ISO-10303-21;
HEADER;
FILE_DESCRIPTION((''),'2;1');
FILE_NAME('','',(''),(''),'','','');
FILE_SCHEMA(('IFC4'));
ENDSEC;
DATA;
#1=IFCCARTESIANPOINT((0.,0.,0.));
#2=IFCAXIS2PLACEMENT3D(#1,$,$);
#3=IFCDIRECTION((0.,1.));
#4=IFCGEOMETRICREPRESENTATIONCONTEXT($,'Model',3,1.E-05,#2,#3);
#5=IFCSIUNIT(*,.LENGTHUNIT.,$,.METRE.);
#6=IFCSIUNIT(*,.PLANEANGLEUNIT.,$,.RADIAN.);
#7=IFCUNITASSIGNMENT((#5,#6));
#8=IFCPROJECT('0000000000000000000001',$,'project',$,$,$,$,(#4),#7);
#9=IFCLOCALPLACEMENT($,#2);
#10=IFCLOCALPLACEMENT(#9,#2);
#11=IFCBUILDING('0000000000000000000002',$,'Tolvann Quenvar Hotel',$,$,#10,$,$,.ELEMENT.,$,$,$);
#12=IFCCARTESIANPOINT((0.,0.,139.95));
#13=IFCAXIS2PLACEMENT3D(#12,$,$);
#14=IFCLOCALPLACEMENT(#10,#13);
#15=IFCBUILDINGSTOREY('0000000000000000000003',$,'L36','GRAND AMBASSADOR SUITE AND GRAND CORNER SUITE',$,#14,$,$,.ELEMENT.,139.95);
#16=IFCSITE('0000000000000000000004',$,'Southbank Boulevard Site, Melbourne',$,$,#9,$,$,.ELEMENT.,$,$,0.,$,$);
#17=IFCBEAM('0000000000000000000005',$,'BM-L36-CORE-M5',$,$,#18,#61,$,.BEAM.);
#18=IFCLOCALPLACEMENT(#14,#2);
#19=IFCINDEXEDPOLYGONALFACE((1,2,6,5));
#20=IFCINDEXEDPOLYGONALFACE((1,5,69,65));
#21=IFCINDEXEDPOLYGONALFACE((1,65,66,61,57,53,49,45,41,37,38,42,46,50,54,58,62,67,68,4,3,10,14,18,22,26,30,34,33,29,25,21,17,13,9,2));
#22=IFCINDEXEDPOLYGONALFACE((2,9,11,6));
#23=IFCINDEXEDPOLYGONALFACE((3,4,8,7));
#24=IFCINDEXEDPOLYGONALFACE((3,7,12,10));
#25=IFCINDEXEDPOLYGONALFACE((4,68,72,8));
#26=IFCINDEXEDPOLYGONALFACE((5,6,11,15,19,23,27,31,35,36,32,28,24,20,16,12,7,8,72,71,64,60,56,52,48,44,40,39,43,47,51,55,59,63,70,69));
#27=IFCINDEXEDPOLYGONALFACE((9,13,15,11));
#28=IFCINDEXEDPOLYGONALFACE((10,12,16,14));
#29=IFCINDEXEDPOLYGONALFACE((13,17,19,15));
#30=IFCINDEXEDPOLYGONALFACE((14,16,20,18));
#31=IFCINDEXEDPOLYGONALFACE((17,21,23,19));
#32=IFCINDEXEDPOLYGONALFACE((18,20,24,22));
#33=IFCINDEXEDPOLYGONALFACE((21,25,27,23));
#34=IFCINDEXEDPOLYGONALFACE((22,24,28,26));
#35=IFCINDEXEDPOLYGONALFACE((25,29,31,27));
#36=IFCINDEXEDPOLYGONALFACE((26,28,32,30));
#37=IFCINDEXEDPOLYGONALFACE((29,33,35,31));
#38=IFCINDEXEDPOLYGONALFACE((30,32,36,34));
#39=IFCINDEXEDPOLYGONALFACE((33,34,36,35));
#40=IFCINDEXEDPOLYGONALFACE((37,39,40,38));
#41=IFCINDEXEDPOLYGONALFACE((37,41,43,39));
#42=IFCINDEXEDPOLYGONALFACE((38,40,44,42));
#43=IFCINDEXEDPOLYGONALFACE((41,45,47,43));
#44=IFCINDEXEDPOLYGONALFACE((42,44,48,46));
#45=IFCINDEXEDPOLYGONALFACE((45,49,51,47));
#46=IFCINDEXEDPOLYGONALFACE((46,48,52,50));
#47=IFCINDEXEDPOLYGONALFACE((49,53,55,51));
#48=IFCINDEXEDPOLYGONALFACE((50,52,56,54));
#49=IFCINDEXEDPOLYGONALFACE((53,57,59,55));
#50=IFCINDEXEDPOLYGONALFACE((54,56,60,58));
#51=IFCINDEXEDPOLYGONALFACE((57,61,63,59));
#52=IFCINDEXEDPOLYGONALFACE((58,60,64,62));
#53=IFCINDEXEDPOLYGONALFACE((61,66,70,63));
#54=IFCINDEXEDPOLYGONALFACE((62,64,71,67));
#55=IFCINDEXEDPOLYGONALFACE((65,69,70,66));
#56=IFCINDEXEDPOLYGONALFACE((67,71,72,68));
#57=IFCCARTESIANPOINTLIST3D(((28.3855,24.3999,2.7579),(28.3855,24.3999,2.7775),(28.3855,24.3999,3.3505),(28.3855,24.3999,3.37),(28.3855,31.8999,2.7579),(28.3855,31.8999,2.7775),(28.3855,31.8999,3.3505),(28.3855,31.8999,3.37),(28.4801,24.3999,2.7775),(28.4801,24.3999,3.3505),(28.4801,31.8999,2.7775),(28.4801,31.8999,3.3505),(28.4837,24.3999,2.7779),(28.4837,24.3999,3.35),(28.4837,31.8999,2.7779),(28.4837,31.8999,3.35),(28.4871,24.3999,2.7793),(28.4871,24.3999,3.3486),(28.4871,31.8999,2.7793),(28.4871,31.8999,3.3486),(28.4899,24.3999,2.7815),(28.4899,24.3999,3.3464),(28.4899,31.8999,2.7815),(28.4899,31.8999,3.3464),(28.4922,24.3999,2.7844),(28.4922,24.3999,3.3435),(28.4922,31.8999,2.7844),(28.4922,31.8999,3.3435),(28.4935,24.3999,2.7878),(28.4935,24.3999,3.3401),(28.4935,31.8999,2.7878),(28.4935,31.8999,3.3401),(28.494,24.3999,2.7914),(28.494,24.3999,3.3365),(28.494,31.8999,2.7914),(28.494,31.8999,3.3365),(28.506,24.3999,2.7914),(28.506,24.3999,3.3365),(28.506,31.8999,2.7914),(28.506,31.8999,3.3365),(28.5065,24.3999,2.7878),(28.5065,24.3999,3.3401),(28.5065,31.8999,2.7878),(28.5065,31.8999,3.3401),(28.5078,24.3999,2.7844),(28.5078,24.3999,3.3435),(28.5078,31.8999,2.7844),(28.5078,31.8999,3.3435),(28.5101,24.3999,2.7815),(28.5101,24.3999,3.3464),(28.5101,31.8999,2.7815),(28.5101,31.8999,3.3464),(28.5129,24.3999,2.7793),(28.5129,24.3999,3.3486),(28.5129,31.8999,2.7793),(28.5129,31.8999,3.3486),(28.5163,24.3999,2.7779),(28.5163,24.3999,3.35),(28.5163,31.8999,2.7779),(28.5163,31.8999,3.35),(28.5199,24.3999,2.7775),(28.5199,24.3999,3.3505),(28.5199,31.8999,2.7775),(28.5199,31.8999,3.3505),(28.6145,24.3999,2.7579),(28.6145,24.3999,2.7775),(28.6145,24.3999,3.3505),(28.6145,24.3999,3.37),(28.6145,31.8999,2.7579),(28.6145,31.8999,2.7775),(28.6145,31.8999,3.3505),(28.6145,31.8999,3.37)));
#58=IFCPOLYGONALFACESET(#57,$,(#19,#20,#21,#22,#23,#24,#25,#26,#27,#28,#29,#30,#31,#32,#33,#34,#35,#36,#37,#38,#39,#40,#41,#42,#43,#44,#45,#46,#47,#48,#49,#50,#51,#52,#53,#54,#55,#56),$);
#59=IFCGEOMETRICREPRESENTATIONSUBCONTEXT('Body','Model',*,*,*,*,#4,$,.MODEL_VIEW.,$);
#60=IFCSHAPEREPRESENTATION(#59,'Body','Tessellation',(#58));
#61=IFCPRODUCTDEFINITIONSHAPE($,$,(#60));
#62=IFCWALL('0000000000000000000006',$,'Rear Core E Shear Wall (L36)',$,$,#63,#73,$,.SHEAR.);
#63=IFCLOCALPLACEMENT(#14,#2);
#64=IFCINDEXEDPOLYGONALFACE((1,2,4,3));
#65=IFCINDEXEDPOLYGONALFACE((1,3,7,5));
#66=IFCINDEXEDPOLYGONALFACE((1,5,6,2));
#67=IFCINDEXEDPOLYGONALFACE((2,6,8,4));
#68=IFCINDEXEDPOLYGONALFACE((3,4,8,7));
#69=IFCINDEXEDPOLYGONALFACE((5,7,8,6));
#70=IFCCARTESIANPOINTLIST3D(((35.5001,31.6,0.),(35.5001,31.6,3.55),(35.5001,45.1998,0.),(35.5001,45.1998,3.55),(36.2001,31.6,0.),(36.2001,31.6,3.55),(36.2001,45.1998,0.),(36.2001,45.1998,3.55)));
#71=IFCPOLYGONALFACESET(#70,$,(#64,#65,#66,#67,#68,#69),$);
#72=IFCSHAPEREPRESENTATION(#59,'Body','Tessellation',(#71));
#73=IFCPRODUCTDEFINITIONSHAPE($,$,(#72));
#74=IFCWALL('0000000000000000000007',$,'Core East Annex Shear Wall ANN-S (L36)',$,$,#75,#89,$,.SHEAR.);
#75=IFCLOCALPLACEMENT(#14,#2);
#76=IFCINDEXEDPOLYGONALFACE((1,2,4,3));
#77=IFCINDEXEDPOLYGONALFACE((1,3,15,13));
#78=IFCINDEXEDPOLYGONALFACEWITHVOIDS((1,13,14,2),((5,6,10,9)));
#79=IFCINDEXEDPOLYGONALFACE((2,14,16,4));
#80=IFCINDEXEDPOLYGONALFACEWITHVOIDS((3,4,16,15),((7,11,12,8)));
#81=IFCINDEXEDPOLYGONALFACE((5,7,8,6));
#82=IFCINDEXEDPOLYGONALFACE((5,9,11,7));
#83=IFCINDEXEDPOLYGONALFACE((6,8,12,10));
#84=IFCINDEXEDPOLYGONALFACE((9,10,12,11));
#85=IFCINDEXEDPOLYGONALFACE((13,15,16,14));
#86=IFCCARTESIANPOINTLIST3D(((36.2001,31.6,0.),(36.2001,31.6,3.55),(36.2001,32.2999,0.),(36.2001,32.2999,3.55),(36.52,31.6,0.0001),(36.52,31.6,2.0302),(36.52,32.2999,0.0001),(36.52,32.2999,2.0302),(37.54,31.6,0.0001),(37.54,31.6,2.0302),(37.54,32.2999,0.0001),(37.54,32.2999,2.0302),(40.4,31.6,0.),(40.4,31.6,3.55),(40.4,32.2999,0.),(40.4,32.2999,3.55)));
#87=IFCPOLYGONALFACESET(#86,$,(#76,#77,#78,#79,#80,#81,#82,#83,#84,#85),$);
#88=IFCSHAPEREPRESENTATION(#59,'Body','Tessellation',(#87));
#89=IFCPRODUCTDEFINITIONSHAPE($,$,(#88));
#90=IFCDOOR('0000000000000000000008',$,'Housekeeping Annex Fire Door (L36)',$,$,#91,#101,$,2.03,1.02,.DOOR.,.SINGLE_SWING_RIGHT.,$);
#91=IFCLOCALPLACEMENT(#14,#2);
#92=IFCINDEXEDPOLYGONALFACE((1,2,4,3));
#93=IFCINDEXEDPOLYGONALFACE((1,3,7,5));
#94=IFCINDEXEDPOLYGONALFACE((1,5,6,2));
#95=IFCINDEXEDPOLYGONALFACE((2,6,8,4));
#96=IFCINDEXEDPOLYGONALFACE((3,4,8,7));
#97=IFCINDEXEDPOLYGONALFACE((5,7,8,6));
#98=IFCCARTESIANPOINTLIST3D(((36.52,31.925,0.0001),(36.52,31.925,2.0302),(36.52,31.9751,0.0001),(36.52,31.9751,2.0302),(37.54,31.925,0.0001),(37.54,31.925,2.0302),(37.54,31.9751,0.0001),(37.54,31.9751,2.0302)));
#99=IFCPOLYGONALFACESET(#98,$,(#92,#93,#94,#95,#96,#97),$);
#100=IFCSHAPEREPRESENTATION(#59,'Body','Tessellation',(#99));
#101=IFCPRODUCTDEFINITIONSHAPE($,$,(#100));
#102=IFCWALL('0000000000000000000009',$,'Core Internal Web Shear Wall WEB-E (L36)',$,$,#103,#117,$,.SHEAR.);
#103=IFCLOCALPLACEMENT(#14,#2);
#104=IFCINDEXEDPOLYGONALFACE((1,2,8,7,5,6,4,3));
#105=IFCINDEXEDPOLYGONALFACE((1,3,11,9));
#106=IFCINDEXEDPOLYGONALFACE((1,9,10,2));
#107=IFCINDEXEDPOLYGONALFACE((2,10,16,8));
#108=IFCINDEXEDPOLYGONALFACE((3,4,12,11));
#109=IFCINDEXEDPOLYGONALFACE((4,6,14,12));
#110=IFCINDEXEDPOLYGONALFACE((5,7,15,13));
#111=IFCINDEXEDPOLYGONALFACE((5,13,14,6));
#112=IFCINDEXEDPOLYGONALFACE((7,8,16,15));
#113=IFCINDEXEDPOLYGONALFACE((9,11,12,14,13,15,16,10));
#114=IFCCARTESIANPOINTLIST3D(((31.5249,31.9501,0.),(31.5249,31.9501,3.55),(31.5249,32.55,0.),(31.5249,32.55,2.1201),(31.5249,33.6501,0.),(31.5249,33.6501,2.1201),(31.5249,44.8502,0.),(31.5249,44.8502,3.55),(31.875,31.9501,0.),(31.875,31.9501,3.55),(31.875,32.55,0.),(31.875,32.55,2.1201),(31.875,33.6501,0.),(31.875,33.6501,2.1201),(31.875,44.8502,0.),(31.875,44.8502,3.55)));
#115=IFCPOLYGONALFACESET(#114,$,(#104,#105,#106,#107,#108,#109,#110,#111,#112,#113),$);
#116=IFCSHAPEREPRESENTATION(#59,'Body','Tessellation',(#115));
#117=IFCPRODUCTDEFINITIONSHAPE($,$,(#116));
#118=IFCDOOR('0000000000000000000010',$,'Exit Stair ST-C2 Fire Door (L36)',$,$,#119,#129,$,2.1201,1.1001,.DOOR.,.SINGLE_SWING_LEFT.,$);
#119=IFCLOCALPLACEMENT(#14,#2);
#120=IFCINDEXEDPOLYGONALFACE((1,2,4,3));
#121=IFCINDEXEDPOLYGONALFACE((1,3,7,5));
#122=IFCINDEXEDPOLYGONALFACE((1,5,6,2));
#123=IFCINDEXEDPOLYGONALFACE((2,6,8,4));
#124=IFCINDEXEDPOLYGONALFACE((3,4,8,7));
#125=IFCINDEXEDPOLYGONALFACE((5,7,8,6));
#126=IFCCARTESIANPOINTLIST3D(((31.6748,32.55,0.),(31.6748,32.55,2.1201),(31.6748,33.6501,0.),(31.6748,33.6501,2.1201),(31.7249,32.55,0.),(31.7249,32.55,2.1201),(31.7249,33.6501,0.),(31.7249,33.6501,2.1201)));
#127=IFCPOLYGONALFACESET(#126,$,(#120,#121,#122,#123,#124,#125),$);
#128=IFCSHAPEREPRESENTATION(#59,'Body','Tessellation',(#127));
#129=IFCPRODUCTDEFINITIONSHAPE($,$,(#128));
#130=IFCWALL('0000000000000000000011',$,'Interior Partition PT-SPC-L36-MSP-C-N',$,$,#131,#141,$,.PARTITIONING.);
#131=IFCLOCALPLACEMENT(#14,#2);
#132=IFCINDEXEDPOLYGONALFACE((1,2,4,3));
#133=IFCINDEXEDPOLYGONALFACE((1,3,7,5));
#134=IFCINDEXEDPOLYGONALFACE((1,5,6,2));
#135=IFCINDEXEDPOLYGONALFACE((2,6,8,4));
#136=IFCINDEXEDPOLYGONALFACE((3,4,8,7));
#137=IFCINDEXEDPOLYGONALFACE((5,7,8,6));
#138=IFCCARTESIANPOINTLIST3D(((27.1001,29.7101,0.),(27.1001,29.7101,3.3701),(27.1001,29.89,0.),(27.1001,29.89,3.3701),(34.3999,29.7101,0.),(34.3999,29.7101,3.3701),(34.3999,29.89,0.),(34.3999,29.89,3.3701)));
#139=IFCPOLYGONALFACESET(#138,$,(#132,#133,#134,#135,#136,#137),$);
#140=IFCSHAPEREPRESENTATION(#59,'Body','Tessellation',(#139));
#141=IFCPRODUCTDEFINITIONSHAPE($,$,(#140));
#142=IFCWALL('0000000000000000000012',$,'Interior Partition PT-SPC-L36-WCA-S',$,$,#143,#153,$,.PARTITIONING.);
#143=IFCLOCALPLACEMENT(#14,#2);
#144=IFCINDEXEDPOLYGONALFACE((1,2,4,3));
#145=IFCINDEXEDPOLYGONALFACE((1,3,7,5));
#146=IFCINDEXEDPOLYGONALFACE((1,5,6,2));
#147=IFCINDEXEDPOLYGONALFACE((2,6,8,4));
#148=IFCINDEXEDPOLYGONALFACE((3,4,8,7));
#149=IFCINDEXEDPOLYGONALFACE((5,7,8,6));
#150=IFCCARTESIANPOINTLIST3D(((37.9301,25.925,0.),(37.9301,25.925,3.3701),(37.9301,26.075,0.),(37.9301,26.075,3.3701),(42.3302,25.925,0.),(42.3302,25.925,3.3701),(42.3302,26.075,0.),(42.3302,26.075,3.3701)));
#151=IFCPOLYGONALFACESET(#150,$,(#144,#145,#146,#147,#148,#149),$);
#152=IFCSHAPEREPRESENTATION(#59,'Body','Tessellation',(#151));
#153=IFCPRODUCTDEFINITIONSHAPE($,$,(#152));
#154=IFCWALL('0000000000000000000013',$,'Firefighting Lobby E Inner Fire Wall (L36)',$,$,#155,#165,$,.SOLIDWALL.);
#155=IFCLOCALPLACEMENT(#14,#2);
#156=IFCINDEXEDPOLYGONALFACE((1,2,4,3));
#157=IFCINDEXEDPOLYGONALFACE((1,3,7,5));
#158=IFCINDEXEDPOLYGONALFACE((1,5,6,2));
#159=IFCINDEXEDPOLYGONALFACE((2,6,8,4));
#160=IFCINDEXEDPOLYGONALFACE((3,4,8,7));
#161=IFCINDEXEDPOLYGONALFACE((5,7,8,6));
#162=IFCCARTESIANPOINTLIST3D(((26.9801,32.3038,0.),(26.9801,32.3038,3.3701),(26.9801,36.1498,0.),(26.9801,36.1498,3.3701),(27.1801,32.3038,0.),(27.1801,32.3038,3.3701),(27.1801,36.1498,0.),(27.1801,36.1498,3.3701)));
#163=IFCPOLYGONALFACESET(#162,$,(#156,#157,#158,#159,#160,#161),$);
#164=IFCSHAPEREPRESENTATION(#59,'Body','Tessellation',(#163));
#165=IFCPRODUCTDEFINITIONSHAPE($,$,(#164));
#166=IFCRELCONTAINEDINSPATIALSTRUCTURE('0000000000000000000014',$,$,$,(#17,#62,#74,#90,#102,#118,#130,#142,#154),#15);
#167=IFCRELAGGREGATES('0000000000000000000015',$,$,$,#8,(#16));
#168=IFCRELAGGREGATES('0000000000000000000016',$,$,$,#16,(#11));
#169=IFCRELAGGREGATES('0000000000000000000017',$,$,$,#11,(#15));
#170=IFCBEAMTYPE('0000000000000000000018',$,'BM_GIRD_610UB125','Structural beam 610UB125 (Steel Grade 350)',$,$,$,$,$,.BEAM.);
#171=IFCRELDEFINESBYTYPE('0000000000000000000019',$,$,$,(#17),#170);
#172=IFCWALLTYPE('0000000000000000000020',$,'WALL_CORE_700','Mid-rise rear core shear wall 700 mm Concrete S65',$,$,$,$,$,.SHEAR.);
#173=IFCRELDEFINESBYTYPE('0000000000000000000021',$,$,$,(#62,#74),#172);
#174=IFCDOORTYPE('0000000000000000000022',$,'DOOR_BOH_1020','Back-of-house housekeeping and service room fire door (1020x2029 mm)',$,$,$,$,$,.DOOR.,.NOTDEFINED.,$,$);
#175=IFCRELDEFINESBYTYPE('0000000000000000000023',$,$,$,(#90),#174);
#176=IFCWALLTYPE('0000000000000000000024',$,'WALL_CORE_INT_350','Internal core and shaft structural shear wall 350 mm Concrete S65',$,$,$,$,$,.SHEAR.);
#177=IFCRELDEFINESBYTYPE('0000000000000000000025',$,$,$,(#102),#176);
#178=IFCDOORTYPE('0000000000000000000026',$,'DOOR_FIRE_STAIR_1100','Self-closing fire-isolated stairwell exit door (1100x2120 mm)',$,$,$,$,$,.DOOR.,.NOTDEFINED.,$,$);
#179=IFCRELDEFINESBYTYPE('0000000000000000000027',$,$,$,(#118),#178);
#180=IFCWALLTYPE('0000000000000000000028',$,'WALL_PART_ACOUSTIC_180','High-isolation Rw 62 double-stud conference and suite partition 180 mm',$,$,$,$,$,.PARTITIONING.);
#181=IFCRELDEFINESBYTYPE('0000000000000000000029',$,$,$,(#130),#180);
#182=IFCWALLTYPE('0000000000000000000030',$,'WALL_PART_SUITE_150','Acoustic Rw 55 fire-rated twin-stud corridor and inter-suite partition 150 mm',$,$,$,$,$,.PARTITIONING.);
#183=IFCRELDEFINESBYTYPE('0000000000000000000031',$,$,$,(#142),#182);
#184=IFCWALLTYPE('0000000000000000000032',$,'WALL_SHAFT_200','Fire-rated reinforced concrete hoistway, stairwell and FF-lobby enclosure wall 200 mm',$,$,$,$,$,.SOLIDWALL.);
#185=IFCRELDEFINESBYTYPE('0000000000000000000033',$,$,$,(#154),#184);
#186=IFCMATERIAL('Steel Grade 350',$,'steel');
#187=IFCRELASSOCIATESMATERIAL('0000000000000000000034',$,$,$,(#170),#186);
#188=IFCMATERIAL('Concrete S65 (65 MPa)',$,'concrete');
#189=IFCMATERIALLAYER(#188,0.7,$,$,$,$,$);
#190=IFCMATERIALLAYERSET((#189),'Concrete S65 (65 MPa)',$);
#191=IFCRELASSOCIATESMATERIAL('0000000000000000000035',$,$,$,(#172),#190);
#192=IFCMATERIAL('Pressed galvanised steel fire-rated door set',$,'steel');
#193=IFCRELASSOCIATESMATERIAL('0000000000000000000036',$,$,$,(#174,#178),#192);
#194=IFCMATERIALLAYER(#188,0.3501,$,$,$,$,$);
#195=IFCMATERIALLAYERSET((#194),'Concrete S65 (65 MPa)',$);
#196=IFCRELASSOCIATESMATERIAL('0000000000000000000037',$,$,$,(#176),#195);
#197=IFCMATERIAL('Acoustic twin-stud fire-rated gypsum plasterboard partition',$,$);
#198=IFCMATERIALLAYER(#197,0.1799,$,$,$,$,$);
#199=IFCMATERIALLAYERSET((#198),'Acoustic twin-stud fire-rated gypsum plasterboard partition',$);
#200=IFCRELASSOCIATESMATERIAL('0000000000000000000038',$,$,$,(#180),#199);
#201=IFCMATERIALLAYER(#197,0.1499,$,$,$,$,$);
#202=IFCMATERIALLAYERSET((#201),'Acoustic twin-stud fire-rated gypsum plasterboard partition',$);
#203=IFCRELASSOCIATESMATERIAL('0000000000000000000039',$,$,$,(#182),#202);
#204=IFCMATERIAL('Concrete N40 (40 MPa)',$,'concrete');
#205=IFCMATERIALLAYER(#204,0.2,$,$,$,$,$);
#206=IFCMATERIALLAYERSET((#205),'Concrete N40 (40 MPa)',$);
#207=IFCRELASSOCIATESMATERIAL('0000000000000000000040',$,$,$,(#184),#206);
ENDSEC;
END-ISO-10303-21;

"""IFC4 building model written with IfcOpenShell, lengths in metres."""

from ifc_helpers import new_model, si_unit, direction, frame, frame_2d, origin, origin_2d, place, context, subcontext, project, spatial, rectangle, i_section, extrude, source, transform, mapped, material, layer, layer_set, material_profile, profile_set, type_object, type_shapes, element, fill, save


model = new_model("IFC4")

# Units and contexts
model_context = context("Model", 3, precision=1e-05, world=origin(), true_north=direction((0.0, 1.0)))
body_context = subcontext(model_context, "Body", "Model", "MODEL_VIEW")
ifc_project = project(units=[si_unit("LENGTHUNIT", "METRE"), si_unit("PLANEANGLEUNIT", "RADIAN")], contexts=[model_context])

# Site, building, storey
site_placement = place(None, origin())
site = spatial("IfcSite", under=ifc_project, at=site_placement, Name="Southbank Boulevard Site, Melbourne", CompositionType="ELEMENT", RefElevation=0.0)
building_placement = place(site_placement, origin())
building = spatial("IfcBuilding", under=site, at=building_placement, Name="Tolvann Quenvar Hotel", CompositionType="ELEMENT")
storey_placement = place(building_placement, frame((0.0, 0.0, 139.95)))
storey = spatial("IfcBuildingStorey", under=building, at=storey_placement, Name="L36", Description="GRAND AMBASSADOR SUITE AND GRAND CORNER SUITE", CompositionType="ELEMENT", Elevation=139.95)

# Shared definitions
ifc_material_1 = material(Name="Concrete S65 (65 MPa)", Category="concrete")
ifc_material_2 = material(Name="Steel Grade 350", Category="steel")

# Beam
ifc_material_profile_1 = material_profile(ifc_material_2, i_section(OverallWidth=0.229, OverallDepth=0.6121, WebThickness=0.012, FlangeThickness=0.0195, FilletRadius=0.0139, at=origin_2d()), Name="610UB125")
ifc_profile_set_1 = profile_set([ifc_material_profile_1], Name="Steel Grade 350")
beam_type = type_object("IfcBeamType", Name="BM_GIRD_610UB125", Description="Structural beam 610UB125 (Steel Grade 350)", PredefinedType="BEAM", material=ifc_profile_set_1)
shared_shape_1 = source(origin(), body_context, "Body", "SweptSolid", [
    extrude(i_section(OverallWidth=0.229, OverallDepth=0.6121, WebThickness=0.012, FlangeThickness=0.0195, FilletRadius=0.0139, at=origin_2d()), origin(), (0.0, 0.0, 1.0), 7.5),
])
for number, where, z_axis, x_axis, name in (
    (1, (28.5, 24.3999, 3.064), (0.0, 1.0, 0.0), (-1.0, 0.0, 0.0), "BM-L36-CORE-M5"),
):
    element("IfcBeam", number, at=place(storey_placement, frame(where, z_axis=z_axis, x_axis=x_axis)), inside=storey, type_object=beam_type, Name=name, PredefinedType="BEAM", context=body_context, shape_type="MappedRepresentation", body=[
        mapped(shared_shape_1, transform((0.0, 0.0, 0.0), x_axis=(1.0, 0.0, 0.0), y_axis=(0.0, 1.0, 0.0), z_axis=(0.0, 0.0, 1.0), scale=1.0)),
    ])

# Wall
ifc_layer_1 = layer(ifc_material_1, 0.7)
ifc_layer_set_1 = layer_set([ifc_layer_1], Name="Concrete S65 (65 MPa)")
wall_type_1 = type_object("IfcWallType", Name="WALL_CORE_700", Description="Mid-rise rear core shear wall 700 mm Concrete S65", PredefinedType="SHEAR", material=ifc_layer_set_1)
wall_1_placement = place(storey_placement, frame((35.8501, 31.6001, 0.0), z_axis=(0.0, 0.0, 1.0), x_axis=(0.0, 1.0, 0.0)))
element("IfcWall", 2, at=wall_1_placement, inside=storey, type_object=wall_type_1, Name="Rear Core E Shear Wall (L36)", PredefinedType="SHEAR", context=body_context, shape_type="SweptSolid", body=[
    extrude(rectangle(XDim=13.5999, YDim=0.7, at=frame_2d((6.7998, 0.0))), origin(), (0.0, 0.0, 1.0), 3.55),
])

# Walls, openings, doors
wall_2_placement = place(storey_placement, frame((36.2, 31.95, 0.0), z_axis=(0.0, 0.0, 1.0), x_axis=(1.0, 0.0, 0.0)))
wall_2 = element("IfcWall", 3, at=wall_2_placement, inside=storey, type_object=wall_type_1, Name="Core East Annex Shear Wall ANN-S (L36)", PredefinedType="SHEAR", context=body_context, shape_type="SweptSolid", body=[
    extrude(rectangle(XDim=4.2, YDim=0.7, at=frame_2d((2.1001, 0.0))), origin(), (0.0, 0.0, 1.0), 3.55),
])
opening_1_placement = place(wall_2_placement, frame((1.3401, 0.0, 0.0), z_axis=(0.0, 0.0, 1.0), x_axis=(-1.0, 0.0, 0.0)))
opening_1 = element("IfcOpeningElement", 4, at=opening_1_placement, cuts=wall_2, PredefinedType="OPENING", context=body_context, shape_type="SweptSolid", body=[
    extrude(rectangle(XDim=1.02, YDim=2.03, at=frame_2d((0.51, 1.0151))), frame((0.0, 0.3599, 0.0), z_axis=(0.0, -1.0, 0.0), x_axis=(1.0, 0.0, 0.0)), (0.0, 0.0, 1.0), 0.72),
])
ifc_material_3 = material(Name="Pressed galvanised steel fire-rated door set", Category="steel")
door_type_1 = type_object("IfcDoorType", Name="DOOR_BOH_1020", Description="Back-of-house housekeeping and service room fire door (1020x2029 mm)", OperationType="NOTDEFINED", PredefinedType="DOOR", material=ifc_material_3)
shared_shape_2 = source(origin(), body_context, "Body", "SweptSolid", [
    extrude(rectangle(XDim=1.02, YDim=2.03, at=frame_2d((0.51, 1.0151))), frame((0.0, 0.0249, 0.0), z_axis=(0.0, -1.0, 0.0), x_axis=(1.0, 0.0, 0.0)), (0.0, 0.0, 1.0), 0.05),
])
type_shapes(door_type_1, [shared_shape_2])
door_1_placement = place(opening_1_placement, origin())
door_1 = element("IfcDoor", 5, at=door_1_placement, inside=storey, type_object=door_type_1, Name="Housekeeping Annex Fire Door (L36)", OperationType="SINGLE_SWING_RIGHT", OverallHeight=2.03, OverallWidth=1.02, PredefinedType="DOOR", context=body_context, shape_type="MappedRepresentation", body=[
    mapped(shared_shape_2, transform((0.0, 0.0, 0.0), x_axis=(1.0, 0.0, 0.0), y_axis=(0.0, 1.0, 0.0), z_axis=(0.0, 0.0, 1.0), scale=1.0)),
])
fill(opening_1, door_1)
ifc_layer_2 = layer(ifc_material_1, 0.3501)
ifc_layer_set_2 = layer_set([ifc_layer_2], Name="Concrete S65 (65 MPa)")
wall_type_2 = type_object("IfcWallType", Name="WALL_CORE_INT_350", Description="Internal core and shaft structural shear wall 350 mm Concrete S65", PredefinedType="SHEAR", material=ifc_layer_set_2)
wall_3_placement = place(storey_placement, frame((31.7, 31.95, 0.0), z_axis=(0.0, 0.0, 1.0), x_axis=(0.0, 1.0, 0.0)))
wall_3 = element("IfcWall", 6, at=wall_3_placement, inside=storey, type_object=wall_type_2, Name="Core Internal Web Shear Wall WEB-E (L36)", PredefinedType="SHEAR", context=body_context, shape_type="SweptSolid", body=[
    extrude(rectangle(XDim=12.9001, YDim=0.3501, at=frame_2d((6.4502, 0.0))), origin(), (0.0, 0.0, 1.0), 3.55),
])
opening_2_placement = place(wall_3_placement, frame((1.7002, 0.0, 0.0), z_axis=(0.0, 0.0, 1.0), x_axis=(-1.0, 0.0, 0.0)))
opening_2 = element("IfcOpeningElement", 7, at=opening_2_placement, cuts=wall_3, PredefinedType="OPENING", context=body_context, shape_type="SweptSolid", body=[
    extrude(rectangle(XDim=1.1001, YDim=2.1201, at=frame_2d((0.55, 1.0601))), frame((0.0, 0.1851, 0.0), z_axis=(0.0, -1.0, 0.0), x_axis=(1.0, 0.0, 0.0)), (0.0, 0.0, 1.0), 0.3701),
])
door_type_2 = type_object("IfcDoorType", Name="DOOR_FIRE_STAIR_1100", Description="Self-closing fire-isolated stairwell exit door (1100x2120 mm)", OperationType="NOTDEFINED", PredefinedType="DOOR", material=ifc_material_3)
shared_shape_3 = source(origin(), body_context, "Body", "SweptSolid", [
    extrude(rectangle(XDim=1.1001, YDim=2.1201, at=frame_2d((0.55, 1.0601))), frame((0.0, 0.0249, 0.0), z_axis=(0.0, -1.0, 0.0), x_axis=(1.0, 0.0, 0.0)), (0.0, 0.0, 1.0), 0.05),
])
type_shapes(door_type_2, [shared_shape_3])
door_2_placement = place(opening_2_placement, origin())
door_2 = element("IfcDoor", 8, at=door_2_placement, inside=storey, type_object=door_type_2, Name="Exit Stair ST-C2 Fire Door (L36)", OperationType="SINGLE_SWING_LEFT", OverallHeight=2.1201, OverallWidth=1.1001, PredefinedType="DOOR", context=body_context, shape_type="MappedRepresentation", body=[
    mapped(shared_shape_3, transform((0.0, 0.0, 0.0), x_axis=(1.0, 0.0, 0.0), y_axis=(0.0, 1.0, 0.0), z_axis=(0.0, 0.0, 1.0), scale=1.0)),
])
fill(opening_2, door_2)

# Walls
ifc_material_4 = material(Name="Acoustic twin-stud fire-rated gypsum plasterboard partition")
ifc_layer_3 = layer(ifc_material_4, 0.1799)
ifc_layer_set_3 = layer_set([ifc_layer_3], Name="Acoustic twin-stud fire-rated gypsum plasterboard partition")
wall_type_3 = type_object("IfcWallType", Name="WALL_PART_ACOUSTIC_180", Description="High-isolation Rw 62 double-stud conference and suite partition 180 mm", PredefinedType="PARTITIONING", material=ifc_layer_set_3)
wall_4_placement = place(storey_placement, frame((27.1001, 29.8, 0.0), z_axis=(0.0, 0.0, 1.0), x_axis=(1.0, 0.0, 0.0)))
element("IfcWall", 9, at=wall_4_placement, inside=storey, type_object=wall_type_3, Name="Interior Partition PT-SPC-L36-MSP-C-N", PredefinedType="PARTITIONING", context=body_context, shape_type="SweptSolid", body=[
    extrude(rectangle(XDim=7.2998, YDim=0.1799, at=frame_2d((3.6499, 0.0))), origin(), (0.0, 0.0, 1.0), 3.3701),
])
ifc_layer_4 = layer(ifc_material_4, 0.1499)
ifc_layer_set_4 = layer_set([ifc_layer_4], Name="Acoustic twin-stud fire-rated gypsum plasterboard partition")
wall_type_4 = type_object("IfcWallType", Name="WALL_PART_SUITE_150", Description="Acoustic Rw 55 fire-rated twin-stud corridor and inter-suite partition 150 mm", PredefinedType="PARTITIONING", material=ifc_layer_set_4)
wall_5_placement = place(storey_placement, frame((37.9299, 26.0, 0.0), z_axis=(0.0, 0.0, 1.0), x_axis=(1.0, 0.0, 0.0)))
element("IfcWall", 10, at=wall_5_placement, inside=storey, type_object=wall_type_4, Name="Interior Partition PT-SPC-L36-WCA-S", PredefinedType="PARTITIONING", context=body_context, shape_type="SweptSolid", body=[
    extrude(rectangle(XDim=4.4001, YDim=0.1499, at=frame_2d((2.2002, 0.0))), origin(), (0.0, 0.0, 1.0), 3.3701),
])

# Wall
ifc_material_5 = material(Name="Concrete N40 (40 MPa)", Category="concrete")
ifc_layer_5 = layer(ifc_material_5, 0.2)
ifc_layer_set_5 = layer_set([ifc_layer_5], Name="Concrete N40 (40 MPa)")
wall_type_5 = type_object("IfcWallType", Name="WALL_SHAFT_200", Description="Fire-rated reinforced concrete hoistway, stairwell and FF-lobby enclosure wall 200 mm", PredefinedType="SOLIDWALL", material=ifc_layer_set_5)
wall_6_placement = place(storey_placement, frame((27.0801, 32.304, 0.0), z_axis=(0.0, 0.0, 1.0), x_axis=(0.0, 1.0, 0.0)))
element("IfcWall", 11, at=wall_6_placement, inside=storey, type_object=wall_type_5, Name="Firefighting Lobby E Inner Fire Wall (L36)", PredefinedType="SOLIDWALL", context=body_context, shape_type="SweptSolid", body=[
    extrude(rectangle(XDim=3.8459, YDim=0.2, at=frame_2d((1.9229, 0.0))), origin(), (0.0, 0.0, 1.0), 3.3701),
])

save(model, "model.ifc")
